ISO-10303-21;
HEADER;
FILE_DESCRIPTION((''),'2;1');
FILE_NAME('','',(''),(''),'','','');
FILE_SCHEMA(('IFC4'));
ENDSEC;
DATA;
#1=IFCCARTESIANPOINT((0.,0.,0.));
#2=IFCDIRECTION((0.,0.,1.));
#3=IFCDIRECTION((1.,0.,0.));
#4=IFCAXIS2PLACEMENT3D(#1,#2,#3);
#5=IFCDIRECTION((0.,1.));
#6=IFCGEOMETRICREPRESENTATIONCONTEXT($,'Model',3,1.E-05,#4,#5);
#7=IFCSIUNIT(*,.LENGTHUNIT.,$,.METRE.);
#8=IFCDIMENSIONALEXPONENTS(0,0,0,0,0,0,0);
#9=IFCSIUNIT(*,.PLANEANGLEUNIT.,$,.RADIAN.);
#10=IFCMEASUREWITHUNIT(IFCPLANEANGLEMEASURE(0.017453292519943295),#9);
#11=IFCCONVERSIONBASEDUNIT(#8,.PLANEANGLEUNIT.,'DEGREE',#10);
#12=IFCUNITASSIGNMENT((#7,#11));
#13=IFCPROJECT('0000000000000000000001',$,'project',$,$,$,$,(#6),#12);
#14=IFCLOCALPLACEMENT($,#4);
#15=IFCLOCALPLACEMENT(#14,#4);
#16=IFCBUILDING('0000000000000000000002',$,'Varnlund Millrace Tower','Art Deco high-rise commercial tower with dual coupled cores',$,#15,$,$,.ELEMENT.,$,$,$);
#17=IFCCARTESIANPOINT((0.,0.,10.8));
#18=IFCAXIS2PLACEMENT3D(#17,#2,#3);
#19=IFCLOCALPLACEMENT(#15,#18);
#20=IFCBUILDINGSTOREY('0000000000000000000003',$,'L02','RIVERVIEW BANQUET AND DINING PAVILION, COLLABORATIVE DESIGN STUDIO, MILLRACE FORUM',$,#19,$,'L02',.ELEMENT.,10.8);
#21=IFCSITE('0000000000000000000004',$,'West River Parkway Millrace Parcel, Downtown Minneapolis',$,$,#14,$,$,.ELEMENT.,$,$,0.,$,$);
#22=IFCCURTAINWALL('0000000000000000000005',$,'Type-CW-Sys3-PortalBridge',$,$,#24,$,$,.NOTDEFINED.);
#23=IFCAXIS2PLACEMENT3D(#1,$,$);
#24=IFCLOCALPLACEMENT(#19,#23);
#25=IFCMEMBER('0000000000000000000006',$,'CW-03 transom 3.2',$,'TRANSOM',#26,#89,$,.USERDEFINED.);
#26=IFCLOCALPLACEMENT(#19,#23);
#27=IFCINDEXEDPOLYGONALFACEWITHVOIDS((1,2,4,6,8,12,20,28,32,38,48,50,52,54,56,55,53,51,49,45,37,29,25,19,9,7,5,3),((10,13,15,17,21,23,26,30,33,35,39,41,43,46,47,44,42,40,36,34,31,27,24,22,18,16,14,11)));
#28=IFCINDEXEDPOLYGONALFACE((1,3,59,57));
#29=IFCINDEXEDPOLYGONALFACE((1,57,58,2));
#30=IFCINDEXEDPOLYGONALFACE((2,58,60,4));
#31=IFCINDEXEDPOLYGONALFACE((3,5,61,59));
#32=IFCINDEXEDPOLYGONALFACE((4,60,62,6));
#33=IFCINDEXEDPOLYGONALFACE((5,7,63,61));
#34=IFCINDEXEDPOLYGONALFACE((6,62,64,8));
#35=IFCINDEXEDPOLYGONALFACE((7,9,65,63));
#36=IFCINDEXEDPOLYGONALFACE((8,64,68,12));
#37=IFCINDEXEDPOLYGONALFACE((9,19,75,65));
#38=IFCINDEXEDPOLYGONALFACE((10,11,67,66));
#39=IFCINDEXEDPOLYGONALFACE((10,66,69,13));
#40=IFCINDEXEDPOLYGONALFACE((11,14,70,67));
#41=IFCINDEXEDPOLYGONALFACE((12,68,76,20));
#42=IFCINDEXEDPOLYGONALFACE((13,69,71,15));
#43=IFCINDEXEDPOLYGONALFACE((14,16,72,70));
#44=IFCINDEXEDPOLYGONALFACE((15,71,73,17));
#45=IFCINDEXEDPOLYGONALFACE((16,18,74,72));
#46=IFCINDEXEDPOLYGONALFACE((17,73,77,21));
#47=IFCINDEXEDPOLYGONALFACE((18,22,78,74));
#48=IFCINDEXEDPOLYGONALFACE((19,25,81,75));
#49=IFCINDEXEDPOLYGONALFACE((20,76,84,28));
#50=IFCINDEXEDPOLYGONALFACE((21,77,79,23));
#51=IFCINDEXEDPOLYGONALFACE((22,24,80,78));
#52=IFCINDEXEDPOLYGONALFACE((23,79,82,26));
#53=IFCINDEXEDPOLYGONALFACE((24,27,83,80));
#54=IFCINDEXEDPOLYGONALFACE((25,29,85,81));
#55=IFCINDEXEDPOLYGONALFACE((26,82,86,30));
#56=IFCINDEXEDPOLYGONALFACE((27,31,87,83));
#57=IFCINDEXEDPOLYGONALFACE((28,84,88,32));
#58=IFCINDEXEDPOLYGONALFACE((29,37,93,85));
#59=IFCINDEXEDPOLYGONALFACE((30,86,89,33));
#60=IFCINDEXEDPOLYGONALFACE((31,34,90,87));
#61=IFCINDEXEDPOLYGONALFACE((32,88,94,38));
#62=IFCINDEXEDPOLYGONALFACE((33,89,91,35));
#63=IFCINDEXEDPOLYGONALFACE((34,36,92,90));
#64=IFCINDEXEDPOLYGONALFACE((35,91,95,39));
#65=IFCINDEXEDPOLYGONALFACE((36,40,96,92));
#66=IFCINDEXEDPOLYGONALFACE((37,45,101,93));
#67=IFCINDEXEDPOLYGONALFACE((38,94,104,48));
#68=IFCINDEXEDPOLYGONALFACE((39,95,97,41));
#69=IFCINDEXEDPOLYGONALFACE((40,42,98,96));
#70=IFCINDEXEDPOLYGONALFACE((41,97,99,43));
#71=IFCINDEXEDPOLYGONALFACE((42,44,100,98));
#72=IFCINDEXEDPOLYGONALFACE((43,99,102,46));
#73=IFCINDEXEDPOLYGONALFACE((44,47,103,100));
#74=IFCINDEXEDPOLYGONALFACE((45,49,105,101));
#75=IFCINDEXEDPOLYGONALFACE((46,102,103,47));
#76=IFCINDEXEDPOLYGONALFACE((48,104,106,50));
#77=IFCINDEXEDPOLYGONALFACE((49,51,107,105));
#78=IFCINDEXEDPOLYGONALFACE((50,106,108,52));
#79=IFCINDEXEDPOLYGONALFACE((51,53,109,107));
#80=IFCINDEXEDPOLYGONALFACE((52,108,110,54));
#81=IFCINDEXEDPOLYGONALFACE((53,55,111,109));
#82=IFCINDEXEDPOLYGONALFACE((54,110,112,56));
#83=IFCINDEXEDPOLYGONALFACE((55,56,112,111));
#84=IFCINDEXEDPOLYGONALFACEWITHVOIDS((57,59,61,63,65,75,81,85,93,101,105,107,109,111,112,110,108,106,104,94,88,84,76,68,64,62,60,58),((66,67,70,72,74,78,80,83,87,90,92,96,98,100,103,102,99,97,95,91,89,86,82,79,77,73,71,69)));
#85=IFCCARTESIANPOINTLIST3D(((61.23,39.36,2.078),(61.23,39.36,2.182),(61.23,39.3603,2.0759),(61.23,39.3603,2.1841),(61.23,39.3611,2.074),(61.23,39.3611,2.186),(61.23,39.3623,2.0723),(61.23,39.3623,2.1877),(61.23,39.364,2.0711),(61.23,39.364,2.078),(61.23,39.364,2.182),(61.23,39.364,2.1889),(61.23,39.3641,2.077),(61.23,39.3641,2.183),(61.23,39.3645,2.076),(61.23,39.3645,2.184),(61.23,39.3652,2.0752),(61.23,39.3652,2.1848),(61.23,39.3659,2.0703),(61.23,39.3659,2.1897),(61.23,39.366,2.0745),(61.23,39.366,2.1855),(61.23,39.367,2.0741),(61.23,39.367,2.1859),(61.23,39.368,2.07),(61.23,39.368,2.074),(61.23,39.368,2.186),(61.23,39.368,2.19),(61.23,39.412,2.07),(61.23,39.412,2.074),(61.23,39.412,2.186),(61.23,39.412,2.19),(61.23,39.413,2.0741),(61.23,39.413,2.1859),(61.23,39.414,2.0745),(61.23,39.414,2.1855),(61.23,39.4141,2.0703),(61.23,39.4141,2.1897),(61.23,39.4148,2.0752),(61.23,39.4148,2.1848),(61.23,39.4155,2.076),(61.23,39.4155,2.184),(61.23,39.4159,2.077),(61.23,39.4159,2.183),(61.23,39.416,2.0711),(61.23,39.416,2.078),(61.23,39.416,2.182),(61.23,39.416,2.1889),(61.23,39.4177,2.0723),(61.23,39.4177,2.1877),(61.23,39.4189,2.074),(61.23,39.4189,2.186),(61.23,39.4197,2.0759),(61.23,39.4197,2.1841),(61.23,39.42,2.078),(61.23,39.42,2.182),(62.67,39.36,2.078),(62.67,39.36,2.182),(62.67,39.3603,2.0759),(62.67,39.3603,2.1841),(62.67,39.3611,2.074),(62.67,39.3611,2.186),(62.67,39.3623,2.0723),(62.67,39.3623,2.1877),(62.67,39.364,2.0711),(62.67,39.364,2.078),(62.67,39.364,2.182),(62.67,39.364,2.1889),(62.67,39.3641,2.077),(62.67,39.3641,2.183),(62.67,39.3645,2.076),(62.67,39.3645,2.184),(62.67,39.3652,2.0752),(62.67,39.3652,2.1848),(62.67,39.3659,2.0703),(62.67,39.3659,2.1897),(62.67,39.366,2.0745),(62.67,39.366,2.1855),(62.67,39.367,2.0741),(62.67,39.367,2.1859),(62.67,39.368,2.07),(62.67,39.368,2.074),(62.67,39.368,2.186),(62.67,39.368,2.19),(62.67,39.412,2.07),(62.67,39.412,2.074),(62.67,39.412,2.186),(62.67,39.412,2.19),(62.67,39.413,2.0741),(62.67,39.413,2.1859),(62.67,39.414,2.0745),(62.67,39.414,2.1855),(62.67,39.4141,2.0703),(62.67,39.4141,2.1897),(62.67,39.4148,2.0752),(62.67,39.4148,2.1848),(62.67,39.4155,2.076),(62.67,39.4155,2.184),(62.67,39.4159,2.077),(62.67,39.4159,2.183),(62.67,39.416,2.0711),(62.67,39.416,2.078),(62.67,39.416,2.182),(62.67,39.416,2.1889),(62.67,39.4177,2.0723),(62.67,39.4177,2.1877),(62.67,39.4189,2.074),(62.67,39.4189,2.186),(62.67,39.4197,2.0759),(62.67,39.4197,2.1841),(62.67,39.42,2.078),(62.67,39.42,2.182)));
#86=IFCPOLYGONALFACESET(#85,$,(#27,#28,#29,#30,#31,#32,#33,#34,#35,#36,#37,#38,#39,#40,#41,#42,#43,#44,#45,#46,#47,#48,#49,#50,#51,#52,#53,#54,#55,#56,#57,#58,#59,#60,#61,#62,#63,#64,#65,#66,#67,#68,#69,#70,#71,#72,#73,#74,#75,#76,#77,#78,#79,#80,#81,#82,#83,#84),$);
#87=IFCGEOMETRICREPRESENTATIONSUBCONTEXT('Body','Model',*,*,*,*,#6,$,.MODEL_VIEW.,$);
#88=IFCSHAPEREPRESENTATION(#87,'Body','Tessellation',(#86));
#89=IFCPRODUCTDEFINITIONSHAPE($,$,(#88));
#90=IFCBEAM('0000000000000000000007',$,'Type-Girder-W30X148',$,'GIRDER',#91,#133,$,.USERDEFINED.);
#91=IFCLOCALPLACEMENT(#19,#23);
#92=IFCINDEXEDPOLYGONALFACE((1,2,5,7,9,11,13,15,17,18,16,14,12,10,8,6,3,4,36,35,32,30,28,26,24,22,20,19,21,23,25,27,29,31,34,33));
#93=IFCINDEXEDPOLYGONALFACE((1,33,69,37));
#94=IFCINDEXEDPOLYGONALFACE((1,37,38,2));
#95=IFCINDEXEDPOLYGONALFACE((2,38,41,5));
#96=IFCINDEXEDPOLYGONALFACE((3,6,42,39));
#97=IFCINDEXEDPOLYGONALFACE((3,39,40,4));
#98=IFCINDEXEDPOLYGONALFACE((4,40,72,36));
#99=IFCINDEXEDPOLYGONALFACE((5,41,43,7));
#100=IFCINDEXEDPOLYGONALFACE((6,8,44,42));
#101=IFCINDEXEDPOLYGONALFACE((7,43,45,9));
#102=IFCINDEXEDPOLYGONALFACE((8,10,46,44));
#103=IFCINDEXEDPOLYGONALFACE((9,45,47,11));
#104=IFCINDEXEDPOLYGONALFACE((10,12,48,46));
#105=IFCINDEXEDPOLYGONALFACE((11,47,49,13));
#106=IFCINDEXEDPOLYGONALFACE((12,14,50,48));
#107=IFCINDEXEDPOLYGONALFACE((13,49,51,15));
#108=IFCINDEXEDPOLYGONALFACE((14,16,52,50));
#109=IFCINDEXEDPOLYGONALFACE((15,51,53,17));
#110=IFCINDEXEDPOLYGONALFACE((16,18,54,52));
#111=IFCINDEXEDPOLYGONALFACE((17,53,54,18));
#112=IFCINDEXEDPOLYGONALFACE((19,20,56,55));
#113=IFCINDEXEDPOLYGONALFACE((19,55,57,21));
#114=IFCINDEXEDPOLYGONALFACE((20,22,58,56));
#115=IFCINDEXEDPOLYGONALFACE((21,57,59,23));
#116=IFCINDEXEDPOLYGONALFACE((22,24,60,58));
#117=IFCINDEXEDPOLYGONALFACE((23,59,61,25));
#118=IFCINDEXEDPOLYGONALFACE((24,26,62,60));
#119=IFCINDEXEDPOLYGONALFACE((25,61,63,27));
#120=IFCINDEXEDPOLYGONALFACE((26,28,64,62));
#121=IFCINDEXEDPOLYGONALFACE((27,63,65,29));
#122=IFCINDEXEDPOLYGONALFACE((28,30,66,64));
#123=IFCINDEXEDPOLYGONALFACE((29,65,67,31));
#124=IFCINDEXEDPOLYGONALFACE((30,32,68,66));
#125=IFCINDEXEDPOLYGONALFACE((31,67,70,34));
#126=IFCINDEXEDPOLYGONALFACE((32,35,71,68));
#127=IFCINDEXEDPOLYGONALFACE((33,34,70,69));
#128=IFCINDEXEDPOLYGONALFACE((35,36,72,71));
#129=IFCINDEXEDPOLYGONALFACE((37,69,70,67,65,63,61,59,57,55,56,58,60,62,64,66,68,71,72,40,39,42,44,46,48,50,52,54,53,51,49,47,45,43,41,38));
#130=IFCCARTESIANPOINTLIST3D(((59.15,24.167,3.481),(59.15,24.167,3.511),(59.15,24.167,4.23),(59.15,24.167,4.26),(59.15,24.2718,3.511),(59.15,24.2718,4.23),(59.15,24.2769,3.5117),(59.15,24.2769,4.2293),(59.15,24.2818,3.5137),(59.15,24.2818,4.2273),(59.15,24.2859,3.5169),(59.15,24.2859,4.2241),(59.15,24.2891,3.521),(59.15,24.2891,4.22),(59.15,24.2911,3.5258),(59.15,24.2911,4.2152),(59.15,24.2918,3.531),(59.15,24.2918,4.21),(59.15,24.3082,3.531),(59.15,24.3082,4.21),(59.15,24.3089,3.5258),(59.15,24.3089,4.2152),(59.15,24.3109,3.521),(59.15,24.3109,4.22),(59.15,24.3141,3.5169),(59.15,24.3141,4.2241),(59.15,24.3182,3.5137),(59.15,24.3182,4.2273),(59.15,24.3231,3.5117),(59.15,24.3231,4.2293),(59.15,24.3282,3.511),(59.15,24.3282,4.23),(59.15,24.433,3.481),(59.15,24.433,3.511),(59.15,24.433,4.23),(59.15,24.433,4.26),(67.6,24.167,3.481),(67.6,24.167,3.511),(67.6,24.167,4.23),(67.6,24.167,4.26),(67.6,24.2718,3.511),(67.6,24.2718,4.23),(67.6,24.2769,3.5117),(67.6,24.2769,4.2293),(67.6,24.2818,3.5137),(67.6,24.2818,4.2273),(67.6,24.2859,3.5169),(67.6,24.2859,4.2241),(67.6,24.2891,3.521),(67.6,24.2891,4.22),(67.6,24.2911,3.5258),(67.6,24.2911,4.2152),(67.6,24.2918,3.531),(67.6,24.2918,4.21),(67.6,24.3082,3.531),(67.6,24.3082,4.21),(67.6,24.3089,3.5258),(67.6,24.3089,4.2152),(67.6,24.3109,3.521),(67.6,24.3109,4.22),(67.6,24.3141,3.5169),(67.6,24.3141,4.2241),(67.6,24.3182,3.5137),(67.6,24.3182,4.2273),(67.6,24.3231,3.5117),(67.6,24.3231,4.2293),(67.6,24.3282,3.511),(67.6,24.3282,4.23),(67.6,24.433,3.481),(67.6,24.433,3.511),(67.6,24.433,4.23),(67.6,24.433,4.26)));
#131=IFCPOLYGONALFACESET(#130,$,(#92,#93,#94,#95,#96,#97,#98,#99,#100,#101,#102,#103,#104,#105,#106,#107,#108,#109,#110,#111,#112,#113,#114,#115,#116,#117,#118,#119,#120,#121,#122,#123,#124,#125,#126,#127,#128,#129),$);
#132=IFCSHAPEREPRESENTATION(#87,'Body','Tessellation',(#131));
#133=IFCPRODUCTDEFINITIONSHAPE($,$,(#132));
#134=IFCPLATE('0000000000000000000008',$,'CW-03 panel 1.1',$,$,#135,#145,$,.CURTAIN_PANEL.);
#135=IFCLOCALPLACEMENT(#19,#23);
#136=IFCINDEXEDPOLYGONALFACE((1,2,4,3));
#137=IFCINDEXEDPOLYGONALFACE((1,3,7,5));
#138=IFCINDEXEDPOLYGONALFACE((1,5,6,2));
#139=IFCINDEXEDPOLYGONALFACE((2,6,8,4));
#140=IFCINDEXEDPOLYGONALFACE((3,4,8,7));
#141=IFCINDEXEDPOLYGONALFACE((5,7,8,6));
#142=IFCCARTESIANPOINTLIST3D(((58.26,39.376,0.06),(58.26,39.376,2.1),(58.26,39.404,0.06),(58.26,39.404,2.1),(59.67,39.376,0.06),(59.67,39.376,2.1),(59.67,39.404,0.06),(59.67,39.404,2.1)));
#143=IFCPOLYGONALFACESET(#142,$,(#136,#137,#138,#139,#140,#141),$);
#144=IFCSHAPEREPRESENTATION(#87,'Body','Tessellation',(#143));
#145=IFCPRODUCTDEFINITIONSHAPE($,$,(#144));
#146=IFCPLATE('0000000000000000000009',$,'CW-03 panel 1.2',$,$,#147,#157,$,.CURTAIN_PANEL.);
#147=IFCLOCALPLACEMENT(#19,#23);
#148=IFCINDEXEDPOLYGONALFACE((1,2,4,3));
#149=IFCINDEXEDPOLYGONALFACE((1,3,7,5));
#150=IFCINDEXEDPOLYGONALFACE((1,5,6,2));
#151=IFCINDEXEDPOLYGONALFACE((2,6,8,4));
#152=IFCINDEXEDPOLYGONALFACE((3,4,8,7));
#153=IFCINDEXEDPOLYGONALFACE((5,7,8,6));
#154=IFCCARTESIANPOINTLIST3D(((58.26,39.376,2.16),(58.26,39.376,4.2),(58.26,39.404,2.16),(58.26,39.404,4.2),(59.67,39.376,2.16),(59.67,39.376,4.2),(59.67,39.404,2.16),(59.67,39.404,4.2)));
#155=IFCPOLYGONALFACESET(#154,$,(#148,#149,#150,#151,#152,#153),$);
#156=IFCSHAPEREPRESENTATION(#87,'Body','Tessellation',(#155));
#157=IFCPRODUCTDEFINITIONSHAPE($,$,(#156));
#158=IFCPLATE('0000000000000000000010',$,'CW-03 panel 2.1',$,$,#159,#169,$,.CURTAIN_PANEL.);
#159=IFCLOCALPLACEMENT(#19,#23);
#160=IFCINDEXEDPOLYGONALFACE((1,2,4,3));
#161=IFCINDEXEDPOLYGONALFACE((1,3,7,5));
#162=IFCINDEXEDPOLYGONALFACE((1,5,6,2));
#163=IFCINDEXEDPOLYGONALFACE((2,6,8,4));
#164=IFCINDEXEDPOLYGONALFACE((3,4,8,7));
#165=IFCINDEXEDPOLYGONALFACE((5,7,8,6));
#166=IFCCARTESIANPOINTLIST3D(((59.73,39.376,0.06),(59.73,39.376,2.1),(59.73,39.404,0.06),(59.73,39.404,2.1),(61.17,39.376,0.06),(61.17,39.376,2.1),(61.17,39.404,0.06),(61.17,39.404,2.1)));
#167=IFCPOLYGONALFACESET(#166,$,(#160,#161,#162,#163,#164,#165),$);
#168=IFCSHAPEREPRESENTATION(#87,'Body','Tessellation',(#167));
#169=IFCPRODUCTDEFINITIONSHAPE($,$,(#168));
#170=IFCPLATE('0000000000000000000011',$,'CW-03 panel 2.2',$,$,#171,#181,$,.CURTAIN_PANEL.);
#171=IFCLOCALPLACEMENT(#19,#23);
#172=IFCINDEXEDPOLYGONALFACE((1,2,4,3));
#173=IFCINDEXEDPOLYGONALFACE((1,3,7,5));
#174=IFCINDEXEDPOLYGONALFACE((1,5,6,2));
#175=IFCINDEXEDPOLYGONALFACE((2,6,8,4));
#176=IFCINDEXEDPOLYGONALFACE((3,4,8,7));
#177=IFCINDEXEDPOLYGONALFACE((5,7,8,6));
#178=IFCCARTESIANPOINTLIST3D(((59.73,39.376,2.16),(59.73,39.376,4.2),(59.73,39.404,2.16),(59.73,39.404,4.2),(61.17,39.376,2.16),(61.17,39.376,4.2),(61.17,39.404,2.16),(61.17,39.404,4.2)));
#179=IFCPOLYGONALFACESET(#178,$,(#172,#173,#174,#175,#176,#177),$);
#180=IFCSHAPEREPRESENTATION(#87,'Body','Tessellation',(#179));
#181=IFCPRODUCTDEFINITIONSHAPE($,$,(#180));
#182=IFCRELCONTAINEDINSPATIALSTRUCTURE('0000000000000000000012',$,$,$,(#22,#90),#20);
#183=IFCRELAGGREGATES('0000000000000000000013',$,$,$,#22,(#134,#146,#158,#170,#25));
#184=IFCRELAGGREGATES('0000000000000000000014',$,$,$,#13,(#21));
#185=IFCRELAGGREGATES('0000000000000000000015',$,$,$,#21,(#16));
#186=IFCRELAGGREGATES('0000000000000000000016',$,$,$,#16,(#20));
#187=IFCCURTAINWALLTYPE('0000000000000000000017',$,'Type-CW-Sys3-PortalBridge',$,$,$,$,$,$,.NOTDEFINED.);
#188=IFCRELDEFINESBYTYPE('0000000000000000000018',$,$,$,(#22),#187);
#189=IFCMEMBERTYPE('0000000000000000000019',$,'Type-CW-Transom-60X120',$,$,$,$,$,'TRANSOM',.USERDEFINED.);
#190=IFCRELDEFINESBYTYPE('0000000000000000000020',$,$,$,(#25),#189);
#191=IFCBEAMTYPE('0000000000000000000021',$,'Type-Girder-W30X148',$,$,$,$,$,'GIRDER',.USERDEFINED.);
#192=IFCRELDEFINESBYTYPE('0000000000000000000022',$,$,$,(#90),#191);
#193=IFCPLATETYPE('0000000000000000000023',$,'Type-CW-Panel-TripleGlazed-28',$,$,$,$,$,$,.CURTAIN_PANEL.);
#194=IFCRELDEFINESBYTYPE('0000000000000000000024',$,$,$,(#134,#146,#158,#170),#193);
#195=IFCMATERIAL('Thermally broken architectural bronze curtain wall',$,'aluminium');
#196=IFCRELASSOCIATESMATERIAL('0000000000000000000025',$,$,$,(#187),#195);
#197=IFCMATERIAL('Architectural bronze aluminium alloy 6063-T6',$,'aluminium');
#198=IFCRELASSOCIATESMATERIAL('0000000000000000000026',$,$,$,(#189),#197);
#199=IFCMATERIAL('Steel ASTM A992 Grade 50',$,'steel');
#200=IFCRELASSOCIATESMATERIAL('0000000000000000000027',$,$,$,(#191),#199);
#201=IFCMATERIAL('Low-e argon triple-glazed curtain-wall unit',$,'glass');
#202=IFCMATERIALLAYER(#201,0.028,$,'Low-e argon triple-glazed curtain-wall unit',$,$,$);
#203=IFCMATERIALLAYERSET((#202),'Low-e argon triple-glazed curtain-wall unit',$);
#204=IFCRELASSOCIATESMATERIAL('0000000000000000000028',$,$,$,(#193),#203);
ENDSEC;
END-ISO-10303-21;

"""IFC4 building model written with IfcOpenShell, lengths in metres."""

from ifc_helpers import new_model, entity, si_unit, converted_unit, direction, frame, origin_with_axes, origin_2d_with_axis, place, context, subcontext, project, spatial, rectangle, hollow_rectangle, i_section, extrude, material, layer, layer_set, material_profile, profile_set, type_object, element, aggregate, save


model = new_model("IFC4")

# Units and contexts
model_context = context("Model", 3, precision=1e-05, world=origin_with_axes(), true_north=direction((0.0, 1.0)))
body_context = subcontext(model_context, "Body", "Model", "MODEL_VIEW")
ifc_project = project(units=[si_unit("LENGTHUNIT", "METRE"), converted_unit("PLANEANGLEUNIT", "DEGREE", entity("IfcPlaneAngleMeasure", 0.017453292519943295), si_unit("PLANEANGLEUNIT", "RADIAN"), dimensions=[0, 0, 0, 0, 0, 0, 0])], contexts=[model_context])

# Site, building, storey
site_placement = place(None, origin_with_axes())
site = spatial("IfcSite", under=ifc_project, at=site_placement, Name="West River Parkway Millrace Parcel, Downtown Minneapolis", CompositionType="ELEMENT", RefElevation=0.0)
building_placement = place(site_placement, origin_with_axes())
building = spatial("IfcBuilding", under=site, at=building_placement, Name="Varnlund Millrace Tower", Description="Art Deco high-rise commercial tower with dual coupled cores", CompositionType="ELEMENT")
storey_placement = place(building_placement, frame((0.0, 0.0, 10.8), z_axis=(0.0, 0.0, 1.0), x_axis=(1.0, 0.0, 0.0)))
storey = spatial("IfcBuildingStorey", under=building, at=storey_placement, Name="L02", Description="RIVERVIEW BANQUET AND DINING PAVILION, COLLABORATIVE DESIGN STUDIO, MILLRACE FORUM", LongName="L02", CompositionType="ELEMENT", Elevation=10.8)

# Shared definitions
ifc_material_1 = material(Name="Steel ASTM A992 Grade 50", Category="steel")

# Curtain wall, member
ifc_material_2 = material(Name="Thermally broken architectural bronze curtain wall", Category="aluminium")
curtain_wall_type = type_object("IfcCurtainWallType", Name="Type-CW-Sys3-PortalBridge", PredefinedType="NOTDEFINED", material=ifc_material_2)
curtain_wall_placement = place(storey_placement, frame((58.2, 39.39, 0.0), z_axis=(0.0, 0.0, 1.0), x_axis=(1.0, 0.0, 0.0)))
curtain_wall = element("IfcCurtainWall", 1, at=curtain_wall_placement, inside=storey, type_object=curtain_wall_type, Name="Type-CW-Sys3-PortalBridge", PredefinedType="NOTDEFINED")
ifc_material_3 = material(Name="Architectural bronze aluminium alloy 6063-T6", Category="aluminium")
ifc_material_profile_1 = material_profile(ifc_material_3, hollow_rectangle(XDim=0.06, YDim=0.12, WallThickness=0.004, InnerFilletRadius=0.004, OuterFilletRadius=0.008, at=origin_2d_with_axis()), Name="Architectural bronze aluminium alloy 6063-T6")
ifc_profile_set_1 = profile_set([ifc_material_profile_1], Name="Architectural bronze aluminium alloy 6063-T6")
member_type_1 = type_object("IfcMemberType", Name="Type-CW-Transom-60X120", ElementType="TRANSOM", PredefinedType="USERDEFINED", material=ifc_profile_set_1)
member_1_placement = place(storey_placement, frame((61.23, 39.39, 2.13), z_axis=(1.0, 0.0, 0.0), x_axis=(0.0, 1.0, 0.0)))
member_1 = element("IfcMember", 2, at=member_1_placement, type_object=member_type_1, Name="CW-03 transom 3.2", ObjectType="TRANSOM", PredefinedType="USERDEFINED", context=body_context, shape_type="SweptSolid", body=[
    extrude(hollow_rectangle(XDim=0.06, YDim=0.12, WallThickness=0.004, InnerFilletRadius=0.004, OuterFilletRadius=0.008, at=origin_2d_with_axis()), origin_with_axes(), (0.0, 0.0, 1.0), 1.44),
])

# Beam
ifc_material_profile_2 = material_profile(ifc_material_1, i_section(OverallWidth=0.266, OverallDepth=0.779, WebThickness=0.0165, FlangeThickness=0.03, FilletRadius=0.02, at=origin_2d_with_axis()), Name="Steel ASTM A992 Grade 50")
ifc_profile_set_2 = profile_set([ifc_material_profile_2], Name="Steel ASTM A992 Grade 50")
beam_type_1 = type_object("IfcBeamType", Name="Type-Girder-W30X148", ElementType="GIRDER", PredefinedType="USERDEFINED", material=ifc_profile_set_2)
beam_1_placement = place(storey_placement, frame((59.15, 24.3, 3.8705), z_axis=(1.0, 0.0, 0.0), x_axis=(0.0, 1.0, 0.0)))
element("IfcBeam", 3, at=beam_1_placement, inside=storey, type_object=beam_type_1, Name="Type-Girder-W30X148", ObjectType="GIRDER", PredefinedType="USERDEFINED", context=body_context, shape_type="SweptSolid", body=[
    extrude(i_section(OverallWidth=0.266, OverallDepth=0.779, WebThickness=0.0165, FlangeThickness=0.03, FilletRadius=0.02, at=origin_2d_with_axis()), origin_with_axes(), (0.0, 0.0, 1.0), 8.45),
])

# Plates
ifc_material_4 = material(Name="Low-e argon triple-glazed curtain-wall unit", Category="glass")
ifc_layer_1 = layer(ifc_material_4, 0.028, Name="Low-e argon triple-glazed curtain-wall unit")
ifc_layer_set_1 = layer_set([ifc_layer_1], Name="Low-e argon triple-glazed curtain-wall unit")
plate_type = type_object("IfcPlateType", Name="Type-CW-Panel-TripleGlazed-28", PredefinedType="CURTAIN_PANEL", material=ifc_layer_set_1)
plate_1_placement = place(storey_placement, frame((58.965, 39.39, 0.06), z_axis=(0.0, 0.0, 1.0), x_axis=(1.0, 0.0, 0.0)))
plate_1 = element("IfcPlate", 4, at=plate_1_placement, type_object=plate_type, Name="CW-03 panel 1.1", PredefinedType="CURTAIN_PANEL", context=body_context, shape_type="SweptSolid", body=[
    extrude(rectangle(XDim=1.41, YDim=0.028, at=origin_2d_with_axis()), origin_with_axes(), (0.0, 0.0, 1.0), 2.04),
])
plate_2_placement = place(storey_placement, frame((58.965, 39.39, 2.16), z_axis=(0.0, 0.0, 1.0), x_axis=(1.0, 0.0, 0.0)))
plate_2 = element("IfcPlate", 5, at=plate_2_placement, type_object=plate_type, Name="CW-03 panel 1.2", PredefinedType="CURTAIN_PANEL", context=body_context, shape_type="SweptSolid", body=[
    extrude(rectangle(XDim=1.41, YDim=0.028, at=origin_2d_with_axis()), origin_with_axes(), (0.0, 0.0, 1.0), 2.04),
])
plate_3_placement = place(storey_placement, frame((60.45, 39.39, 0.06), z_axis=(0.0, 0.0, 1.0), x_axis=(1.0, 0.0, 0.0)))
plate_3 = element("IfcPlate", 6, at=plate_3_placement, type_object=plate_type, Name="CW-03 panel 2.1", PredefinedType="CURTAIN_PANEL", context=body_context, shape_type="SweptSolid", body=[
    extrude(rectangle(XDim=1.44, YDim=0.028, at=origin_2d_with_axis()), origin_with_axes(), (0.0, 0.0, 1.0), 2.04),
])
plate_4_placement = place(storey_placement, frame((60.45, 39.39, 2.16), z_axis=(0.0, 0.0, 1.0), x_axis=(1.0, 0.0, 0.0)))
plate_4 = element("IfcPlate", 7, at=plate_4_placement, type_object=plate_type, Name="CW-03 panel 2.2", PredefinedType="CURTAIN_PANEL", context=body_context, shape_type="SweptSolid", body=[
    extrude(rectangle(XDim=1.44, YDim=0.028, at=origin_2d_with_axis()), origin_with_axes(), (0.0, 0.0, 1.0), 2.04),
])
aggregate(curtain_wall, [plate_1, plate_2, plate_3, plate_4, member_1])

save(model, "model.ifc")
